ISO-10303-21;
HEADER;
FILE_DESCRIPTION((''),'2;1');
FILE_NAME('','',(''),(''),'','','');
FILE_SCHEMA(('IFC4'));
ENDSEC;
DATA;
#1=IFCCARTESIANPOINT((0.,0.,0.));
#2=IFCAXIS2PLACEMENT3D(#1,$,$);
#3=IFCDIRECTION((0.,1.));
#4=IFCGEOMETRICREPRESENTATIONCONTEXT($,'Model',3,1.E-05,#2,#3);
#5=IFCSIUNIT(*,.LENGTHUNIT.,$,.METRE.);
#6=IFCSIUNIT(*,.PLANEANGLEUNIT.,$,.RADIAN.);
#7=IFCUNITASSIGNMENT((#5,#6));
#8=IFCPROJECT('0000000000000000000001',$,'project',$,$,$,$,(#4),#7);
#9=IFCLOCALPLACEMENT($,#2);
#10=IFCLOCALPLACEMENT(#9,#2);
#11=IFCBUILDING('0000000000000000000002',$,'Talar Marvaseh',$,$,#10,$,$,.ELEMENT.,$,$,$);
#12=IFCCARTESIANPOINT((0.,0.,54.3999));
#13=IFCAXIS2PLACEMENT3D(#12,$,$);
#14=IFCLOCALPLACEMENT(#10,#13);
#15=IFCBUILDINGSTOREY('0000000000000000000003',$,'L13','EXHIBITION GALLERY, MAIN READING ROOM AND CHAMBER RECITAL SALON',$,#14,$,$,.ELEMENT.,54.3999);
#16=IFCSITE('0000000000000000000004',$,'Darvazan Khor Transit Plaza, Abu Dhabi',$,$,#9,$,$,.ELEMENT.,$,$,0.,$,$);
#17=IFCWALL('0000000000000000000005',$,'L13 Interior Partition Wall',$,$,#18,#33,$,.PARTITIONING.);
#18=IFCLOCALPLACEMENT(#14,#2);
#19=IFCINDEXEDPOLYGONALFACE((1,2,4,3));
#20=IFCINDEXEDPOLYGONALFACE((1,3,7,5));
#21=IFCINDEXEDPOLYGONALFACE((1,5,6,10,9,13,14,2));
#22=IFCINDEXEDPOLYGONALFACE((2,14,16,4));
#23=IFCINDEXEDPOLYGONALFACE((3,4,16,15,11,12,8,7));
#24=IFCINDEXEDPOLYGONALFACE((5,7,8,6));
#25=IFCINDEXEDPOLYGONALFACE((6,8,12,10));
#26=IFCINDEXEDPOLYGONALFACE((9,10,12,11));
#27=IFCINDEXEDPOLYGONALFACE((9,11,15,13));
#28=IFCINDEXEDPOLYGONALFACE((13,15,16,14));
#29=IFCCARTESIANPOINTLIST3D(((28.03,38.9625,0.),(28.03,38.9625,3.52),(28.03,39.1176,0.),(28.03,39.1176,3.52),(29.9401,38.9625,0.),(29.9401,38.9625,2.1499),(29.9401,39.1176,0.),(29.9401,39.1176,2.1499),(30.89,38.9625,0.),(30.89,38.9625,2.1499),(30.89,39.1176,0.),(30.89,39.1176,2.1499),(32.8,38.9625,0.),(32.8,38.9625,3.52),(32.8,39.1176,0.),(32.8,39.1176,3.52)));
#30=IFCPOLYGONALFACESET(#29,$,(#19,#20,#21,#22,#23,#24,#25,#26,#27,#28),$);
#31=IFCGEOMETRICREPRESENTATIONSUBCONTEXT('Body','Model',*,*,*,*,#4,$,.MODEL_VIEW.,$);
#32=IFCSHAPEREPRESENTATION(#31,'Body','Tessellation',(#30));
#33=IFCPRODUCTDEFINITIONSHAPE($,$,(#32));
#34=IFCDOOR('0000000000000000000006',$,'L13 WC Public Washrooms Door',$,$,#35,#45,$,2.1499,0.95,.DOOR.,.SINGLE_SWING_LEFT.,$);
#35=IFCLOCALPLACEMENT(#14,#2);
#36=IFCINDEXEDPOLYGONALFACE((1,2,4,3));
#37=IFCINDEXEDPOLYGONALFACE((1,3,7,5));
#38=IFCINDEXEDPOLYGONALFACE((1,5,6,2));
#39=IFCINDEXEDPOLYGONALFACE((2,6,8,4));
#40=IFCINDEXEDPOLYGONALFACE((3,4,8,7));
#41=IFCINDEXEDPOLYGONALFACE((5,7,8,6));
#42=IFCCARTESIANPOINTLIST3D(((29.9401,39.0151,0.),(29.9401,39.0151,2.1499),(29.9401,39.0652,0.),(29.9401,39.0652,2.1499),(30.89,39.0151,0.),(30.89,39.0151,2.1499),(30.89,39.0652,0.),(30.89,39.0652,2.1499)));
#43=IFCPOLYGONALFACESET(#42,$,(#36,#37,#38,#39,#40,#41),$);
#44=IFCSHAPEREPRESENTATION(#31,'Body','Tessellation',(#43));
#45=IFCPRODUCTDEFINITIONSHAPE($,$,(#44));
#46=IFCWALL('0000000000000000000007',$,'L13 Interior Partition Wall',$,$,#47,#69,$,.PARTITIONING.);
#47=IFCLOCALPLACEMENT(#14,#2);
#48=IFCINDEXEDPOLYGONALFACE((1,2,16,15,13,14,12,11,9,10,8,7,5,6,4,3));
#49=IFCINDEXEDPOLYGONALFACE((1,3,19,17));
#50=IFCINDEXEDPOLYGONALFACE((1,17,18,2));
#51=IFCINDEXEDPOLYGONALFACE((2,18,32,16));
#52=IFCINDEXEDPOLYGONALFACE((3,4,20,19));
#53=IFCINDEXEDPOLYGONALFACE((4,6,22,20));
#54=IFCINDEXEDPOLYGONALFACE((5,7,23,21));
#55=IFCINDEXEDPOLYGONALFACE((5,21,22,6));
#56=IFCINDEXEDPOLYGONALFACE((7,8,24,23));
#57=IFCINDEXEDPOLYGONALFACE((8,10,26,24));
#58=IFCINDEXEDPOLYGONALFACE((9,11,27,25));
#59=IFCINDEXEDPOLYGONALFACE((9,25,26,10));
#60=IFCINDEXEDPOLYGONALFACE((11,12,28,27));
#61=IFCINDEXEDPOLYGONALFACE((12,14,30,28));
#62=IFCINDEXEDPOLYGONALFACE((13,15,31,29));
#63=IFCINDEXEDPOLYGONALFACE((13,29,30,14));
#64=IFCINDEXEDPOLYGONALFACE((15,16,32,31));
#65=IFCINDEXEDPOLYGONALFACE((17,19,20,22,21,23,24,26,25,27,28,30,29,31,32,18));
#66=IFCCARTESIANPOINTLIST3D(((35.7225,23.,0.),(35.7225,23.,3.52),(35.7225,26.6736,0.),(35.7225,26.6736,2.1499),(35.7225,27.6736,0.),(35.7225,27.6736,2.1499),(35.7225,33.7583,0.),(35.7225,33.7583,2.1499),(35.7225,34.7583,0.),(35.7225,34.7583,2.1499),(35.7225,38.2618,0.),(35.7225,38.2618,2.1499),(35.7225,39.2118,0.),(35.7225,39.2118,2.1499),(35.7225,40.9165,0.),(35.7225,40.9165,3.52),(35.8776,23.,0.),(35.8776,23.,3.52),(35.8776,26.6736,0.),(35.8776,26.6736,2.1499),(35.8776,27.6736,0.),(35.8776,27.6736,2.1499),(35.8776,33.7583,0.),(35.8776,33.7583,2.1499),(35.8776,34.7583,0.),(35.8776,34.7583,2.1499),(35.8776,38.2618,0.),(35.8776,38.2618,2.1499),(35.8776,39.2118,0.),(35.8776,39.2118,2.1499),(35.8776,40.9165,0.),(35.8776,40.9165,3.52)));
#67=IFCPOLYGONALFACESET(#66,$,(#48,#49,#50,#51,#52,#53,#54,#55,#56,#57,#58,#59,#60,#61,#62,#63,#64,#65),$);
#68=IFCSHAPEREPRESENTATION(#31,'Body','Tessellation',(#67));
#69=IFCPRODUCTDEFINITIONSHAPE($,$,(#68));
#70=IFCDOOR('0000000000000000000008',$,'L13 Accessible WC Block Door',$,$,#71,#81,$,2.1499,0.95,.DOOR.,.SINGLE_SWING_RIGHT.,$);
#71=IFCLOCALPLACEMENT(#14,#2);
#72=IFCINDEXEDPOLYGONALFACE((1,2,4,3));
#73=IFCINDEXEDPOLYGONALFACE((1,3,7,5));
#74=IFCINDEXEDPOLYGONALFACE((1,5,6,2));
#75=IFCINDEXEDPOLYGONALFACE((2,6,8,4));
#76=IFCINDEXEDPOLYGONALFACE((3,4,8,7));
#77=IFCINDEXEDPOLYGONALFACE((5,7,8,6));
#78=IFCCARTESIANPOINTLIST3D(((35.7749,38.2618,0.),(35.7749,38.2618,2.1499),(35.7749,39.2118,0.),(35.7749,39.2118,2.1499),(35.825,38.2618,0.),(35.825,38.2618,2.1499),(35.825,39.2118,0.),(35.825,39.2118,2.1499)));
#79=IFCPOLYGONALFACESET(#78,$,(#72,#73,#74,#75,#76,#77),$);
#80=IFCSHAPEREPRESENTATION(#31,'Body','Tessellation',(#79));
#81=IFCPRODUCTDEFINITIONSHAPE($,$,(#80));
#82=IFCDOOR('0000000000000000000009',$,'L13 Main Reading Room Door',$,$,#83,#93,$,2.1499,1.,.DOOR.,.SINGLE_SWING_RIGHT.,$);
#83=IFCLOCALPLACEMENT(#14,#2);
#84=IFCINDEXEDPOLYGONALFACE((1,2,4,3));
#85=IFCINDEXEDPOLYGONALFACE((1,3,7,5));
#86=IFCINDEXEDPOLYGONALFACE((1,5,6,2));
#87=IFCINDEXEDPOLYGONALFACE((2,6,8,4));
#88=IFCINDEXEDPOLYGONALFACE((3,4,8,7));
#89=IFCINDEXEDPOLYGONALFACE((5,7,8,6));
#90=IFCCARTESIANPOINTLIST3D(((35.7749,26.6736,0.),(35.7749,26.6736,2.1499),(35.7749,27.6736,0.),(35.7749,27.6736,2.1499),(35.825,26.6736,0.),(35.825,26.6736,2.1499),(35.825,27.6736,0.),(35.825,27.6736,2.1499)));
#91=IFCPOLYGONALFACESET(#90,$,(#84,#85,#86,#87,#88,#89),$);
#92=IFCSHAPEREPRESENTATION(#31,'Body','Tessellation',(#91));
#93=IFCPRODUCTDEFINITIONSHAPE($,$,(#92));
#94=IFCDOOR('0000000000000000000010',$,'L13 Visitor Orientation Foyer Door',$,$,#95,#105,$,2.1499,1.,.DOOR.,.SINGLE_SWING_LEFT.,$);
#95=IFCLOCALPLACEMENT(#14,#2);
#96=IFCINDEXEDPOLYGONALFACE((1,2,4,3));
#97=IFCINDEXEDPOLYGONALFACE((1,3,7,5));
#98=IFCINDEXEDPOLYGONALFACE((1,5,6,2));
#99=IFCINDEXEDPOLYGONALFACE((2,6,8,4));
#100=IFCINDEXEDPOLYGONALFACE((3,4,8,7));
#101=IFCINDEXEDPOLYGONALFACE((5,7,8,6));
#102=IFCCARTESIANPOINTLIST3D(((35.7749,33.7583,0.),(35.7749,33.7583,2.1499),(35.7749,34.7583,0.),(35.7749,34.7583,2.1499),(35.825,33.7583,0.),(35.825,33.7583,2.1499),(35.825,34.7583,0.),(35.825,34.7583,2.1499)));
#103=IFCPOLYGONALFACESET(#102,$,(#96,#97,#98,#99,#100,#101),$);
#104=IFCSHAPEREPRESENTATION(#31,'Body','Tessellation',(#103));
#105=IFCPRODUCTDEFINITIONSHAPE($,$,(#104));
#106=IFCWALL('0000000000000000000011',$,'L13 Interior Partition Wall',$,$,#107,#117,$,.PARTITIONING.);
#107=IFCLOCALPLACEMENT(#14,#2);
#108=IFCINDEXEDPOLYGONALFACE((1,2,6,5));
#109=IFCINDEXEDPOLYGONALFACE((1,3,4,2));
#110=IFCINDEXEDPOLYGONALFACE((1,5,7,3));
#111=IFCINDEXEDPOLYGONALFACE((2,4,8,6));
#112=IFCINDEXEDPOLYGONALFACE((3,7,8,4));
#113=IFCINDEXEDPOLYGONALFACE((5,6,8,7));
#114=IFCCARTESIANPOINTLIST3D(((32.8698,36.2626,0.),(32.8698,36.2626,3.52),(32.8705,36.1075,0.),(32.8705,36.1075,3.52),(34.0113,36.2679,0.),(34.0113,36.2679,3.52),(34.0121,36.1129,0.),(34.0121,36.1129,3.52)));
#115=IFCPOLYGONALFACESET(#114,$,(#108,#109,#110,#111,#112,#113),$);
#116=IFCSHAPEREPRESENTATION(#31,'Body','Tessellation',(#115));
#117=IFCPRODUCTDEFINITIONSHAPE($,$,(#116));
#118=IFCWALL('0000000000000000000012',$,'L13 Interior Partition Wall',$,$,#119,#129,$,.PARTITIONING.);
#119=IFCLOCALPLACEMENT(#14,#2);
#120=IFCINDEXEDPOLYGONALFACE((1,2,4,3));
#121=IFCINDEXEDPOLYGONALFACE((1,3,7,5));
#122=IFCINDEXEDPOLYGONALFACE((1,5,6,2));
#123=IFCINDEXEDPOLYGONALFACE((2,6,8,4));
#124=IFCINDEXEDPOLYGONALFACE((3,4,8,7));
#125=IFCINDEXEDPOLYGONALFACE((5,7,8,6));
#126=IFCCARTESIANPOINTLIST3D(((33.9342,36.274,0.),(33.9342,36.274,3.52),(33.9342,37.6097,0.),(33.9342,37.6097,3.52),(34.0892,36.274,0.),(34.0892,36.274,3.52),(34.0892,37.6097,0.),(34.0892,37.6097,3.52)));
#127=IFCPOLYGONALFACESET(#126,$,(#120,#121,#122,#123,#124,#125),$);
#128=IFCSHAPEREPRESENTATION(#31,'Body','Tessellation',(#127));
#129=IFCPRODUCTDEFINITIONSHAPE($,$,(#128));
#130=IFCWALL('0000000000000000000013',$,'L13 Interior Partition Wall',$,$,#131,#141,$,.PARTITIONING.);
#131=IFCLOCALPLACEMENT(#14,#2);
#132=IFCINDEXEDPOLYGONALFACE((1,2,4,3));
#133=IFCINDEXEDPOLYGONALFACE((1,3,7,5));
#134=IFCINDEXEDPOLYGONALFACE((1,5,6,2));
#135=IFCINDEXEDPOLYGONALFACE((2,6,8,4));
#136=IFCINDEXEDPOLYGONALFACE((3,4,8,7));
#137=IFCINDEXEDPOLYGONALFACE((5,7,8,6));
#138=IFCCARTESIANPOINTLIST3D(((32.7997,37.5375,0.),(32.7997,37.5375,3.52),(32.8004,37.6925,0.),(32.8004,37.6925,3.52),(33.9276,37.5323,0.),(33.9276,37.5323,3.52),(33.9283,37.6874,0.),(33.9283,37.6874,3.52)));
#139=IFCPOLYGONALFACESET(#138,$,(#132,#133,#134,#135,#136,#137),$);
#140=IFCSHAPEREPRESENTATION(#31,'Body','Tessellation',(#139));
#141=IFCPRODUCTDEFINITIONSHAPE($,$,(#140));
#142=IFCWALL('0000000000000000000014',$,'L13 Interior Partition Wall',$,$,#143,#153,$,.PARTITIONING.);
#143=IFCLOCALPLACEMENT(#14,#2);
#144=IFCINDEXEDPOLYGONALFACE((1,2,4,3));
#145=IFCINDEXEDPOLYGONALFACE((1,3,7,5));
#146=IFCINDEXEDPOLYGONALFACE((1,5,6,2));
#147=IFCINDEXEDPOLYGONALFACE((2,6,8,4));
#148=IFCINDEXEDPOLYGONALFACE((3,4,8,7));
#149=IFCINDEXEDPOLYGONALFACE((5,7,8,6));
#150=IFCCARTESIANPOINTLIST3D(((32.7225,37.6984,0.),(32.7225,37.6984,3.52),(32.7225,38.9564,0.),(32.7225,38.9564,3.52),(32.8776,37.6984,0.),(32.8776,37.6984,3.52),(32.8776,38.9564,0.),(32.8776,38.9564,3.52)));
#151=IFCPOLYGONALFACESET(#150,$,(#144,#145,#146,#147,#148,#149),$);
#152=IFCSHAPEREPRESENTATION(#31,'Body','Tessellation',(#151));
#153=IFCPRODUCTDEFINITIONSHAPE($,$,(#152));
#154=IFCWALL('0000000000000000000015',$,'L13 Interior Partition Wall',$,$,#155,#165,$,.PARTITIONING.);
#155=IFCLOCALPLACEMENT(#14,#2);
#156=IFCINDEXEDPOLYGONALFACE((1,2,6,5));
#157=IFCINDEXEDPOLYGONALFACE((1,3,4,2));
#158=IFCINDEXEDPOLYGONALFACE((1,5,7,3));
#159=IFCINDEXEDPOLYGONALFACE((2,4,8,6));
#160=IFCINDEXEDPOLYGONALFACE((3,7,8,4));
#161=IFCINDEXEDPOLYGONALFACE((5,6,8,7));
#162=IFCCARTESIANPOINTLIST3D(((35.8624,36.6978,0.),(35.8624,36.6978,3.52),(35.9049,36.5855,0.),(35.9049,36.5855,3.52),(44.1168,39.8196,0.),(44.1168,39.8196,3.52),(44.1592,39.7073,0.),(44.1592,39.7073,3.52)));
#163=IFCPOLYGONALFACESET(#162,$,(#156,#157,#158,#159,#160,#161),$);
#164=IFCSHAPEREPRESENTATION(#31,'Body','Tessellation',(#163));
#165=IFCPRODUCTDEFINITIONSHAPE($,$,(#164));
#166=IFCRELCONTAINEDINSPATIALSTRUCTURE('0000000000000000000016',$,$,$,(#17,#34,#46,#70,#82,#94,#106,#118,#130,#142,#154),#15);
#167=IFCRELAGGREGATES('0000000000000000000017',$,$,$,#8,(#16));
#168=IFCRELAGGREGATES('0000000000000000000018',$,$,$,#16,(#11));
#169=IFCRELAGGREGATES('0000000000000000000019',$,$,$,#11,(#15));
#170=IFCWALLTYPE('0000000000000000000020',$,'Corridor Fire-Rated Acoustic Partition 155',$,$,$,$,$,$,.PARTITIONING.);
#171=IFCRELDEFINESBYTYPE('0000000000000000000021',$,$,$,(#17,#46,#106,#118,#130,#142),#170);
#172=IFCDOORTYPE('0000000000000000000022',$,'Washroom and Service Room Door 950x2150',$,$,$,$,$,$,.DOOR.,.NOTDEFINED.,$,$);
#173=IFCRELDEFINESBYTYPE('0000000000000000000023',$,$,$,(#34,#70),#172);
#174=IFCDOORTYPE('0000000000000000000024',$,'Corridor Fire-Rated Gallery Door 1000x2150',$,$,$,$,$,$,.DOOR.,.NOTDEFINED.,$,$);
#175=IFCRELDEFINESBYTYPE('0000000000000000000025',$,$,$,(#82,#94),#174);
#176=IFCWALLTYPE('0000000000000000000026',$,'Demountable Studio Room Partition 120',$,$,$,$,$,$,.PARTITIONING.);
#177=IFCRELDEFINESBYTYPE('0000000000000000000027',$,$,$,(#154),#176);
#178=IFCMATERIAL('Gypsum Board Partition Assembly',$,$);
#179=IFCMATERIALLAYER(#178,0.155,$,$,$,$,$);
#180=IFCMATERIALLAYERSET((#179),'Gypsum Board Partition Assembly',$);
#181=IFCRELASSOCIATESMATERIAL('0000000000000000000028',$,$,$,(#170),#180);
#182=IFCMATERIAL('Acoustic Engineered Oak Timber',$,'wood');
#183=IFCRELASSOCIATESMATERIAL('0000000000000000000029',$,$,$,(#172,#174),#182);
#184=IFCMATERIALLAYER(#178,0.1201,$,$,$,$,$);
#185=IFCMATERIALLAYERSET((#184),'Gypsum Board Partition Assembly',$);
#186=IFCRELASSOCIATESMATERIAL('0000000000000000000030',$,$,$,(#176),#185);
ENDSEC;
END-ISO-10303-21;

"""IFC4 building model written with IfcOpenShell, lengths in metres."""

from ifc_helpers import new_model, si_unit, direction, frame, frame_2d, origin, place, context, subcontext, project, spatial, rectangle, extrude, source, transform, mapped, material, layer, layer_set, type_object, type_shapes, element, fill, save


model = new_model("IFC4")

# Units and contexts
model_context = context("Model", 3, precision=1e-05, world=origin(), true_north=direction((0.0, 1.0)))
body_context = subcontext(model_context, "Body", "Model", "MODEL_VIEW")
ifc_project = project(units=[si_unit("LENGTHUNIT", "METRE"), si_unit("PLANEANGLEUNIT", "RADIAN")], contexts=[model_context])

# Site, building, storey
site_placement = place(None, origin())
site = spatial("IfcSite", under=ifc_project, at=site_placement, Name="Darvazan Khor Transit Plaza, Abu Dhabi", CompositionType="ELEMENT", RefElevation=0.0)
building_placement = place(site_placement, origin())
building = spatial("IfcBuilding", under=site, at=building_placement, Name="Talar Marvaseh", CompositionType="ELEMENT")
storey_placement = place(building_placement, frame((0.0, 0.0, 54.3999)))
storey = spatial("IfcBuildingStorey", under=building, at=storey_placement, Name="L13", Description="EXHIBITION GALLERY, MAIN READING ROOM AND CHAMBER RECITAL SALON", CompositionType="ELEMENT", Elevation=54.3999)

# Wall, opening, door
ifc_material_1 = material(Name="Gypsum Board Partition Assembly")
ifc_layer_1 = layer(ifc_material_1, 0.155)
ifc_layer_set_1 = layer_set([ifc_layer_1], Name="Gypsum Board Partition Assembly")
wall_type_1 = type_object("IfcWallType", Name="Corridor Fire-Rated Acoustic Partition 155", PredefinedType="PARTITIONING", material=ifc_layer_set_1)
wall_1_placement = place(storey_placement, frame((32.8, 39.04, 0.0), z_axis=(0.0, 0.0, 1.0), x_axis=(-1.0, 0.0, 0.0)))
wall_1 = element("IfcWall", 1, at=wall_1_placement, inside=storey, type_object=wall_type_1, Name="L13 Interior Partition Wall", PredefinedType="PARTITIONING", context=body_context, shape_type="SweptSolid", body=[
    extrude(rectangle(XDim=4.77, YDim=0.155, at=frame_2d((2.385, 0.0))), origin(), (0.0, 0.0, 1.0), 3.52),
])
opening_1_placement = place(wall_1_placement, frame((1.9099, 0.0, 0.0)))
opening_1 = element("IfcOpeningElement", 2, at=opening_1_placement, cuts=wall_1, PredefinedType="OPENING", context=body_context, shape_type="SweptSolid", body=[
    extrude(rectangle(XDim=0.95, YDim=2.1499, at=frame_2d((0.4751, 1.075))), frame((0.0, 0.0874, 0.0), z_axis=(0.0, -1.0, 0.0), x_axis=(1.0, 0.0, 0.0)), (0.0, 0.0, 1.0), 0.175),
])
ifc_material_2 = material(Name="Acoustic Engineered Oak Timber", Category="wood")
door_type_1 = type_object("IfcDoorType", Name="Washroom and Service Room Door 950x2150", OperationType="NOTDEFINED", PredefinedType="DOOR", material=ifc_material_2)
shared_shape_1 = source(origin(), body_context, "Body", "SweptSolid", [
    extrude(rectangle(XDim=0.95, YDim=2.1499, at=frame_2d((0.4751, 1.075))), frame((0.0, 0.0249, 0.0), z_axis=(0.0, -1.0, 0.0), x_axis=(1.0, 0.0, 0.0)), (0.0, 0.0, 1.0), 0.05),
])
type_shapes(door_type_1, [shared_shape_1])
door_1_placement = place(opening_1_placement, origin())
door_1 = element("IfcDoor", 3, at=door_1_placement, inside=storey, type_object=door_type_1, Name="L13 WC Public Washrooms Door", OperationType="SINGLE_SWING_LEFT", OverallHeight=2.1499, OverallWidth=0.95, PredefinedType="DOOR", context=body_context, shape_type="MappedRepresentation", body=[
    mapped(shared_shape_1, transform((0.0, 0.0, 0.0), x_axis=(1.0, 0.0, 0.0), y_axis=(0.0, 1.0, 0.0), z_axis=(0.0, 0.0, 1.0), scale=1.0)),
])
fill(opening_1, door_1)

# Wall, openings, doors
wall_2_placement = place(storey_placement, frame((35.8, 40.9165, 0.0), z_axis=(0.0, 0.0, 1.0), x_axis=(0.0, -1.0, 0.0)))
wall_2 = element("IfcWall", 4, at=wall_2_placement, inside=storey, type_object=wall_type_1, Name="L13 Interior Partition Wall", PredefinedType="PARTITIONING", context=body_context, shape_type="SweptSolid", body=[
    extrude(rectangle(XDim=17.9165, YDim=0.155, at=frame_2d((8.9583, 0.0))), origin(), (0.0, 0.0, 1.0), 3.52),
])
opening_2_placement = place(wall_2_placement, frame((13.2429, 0.0, 0.0)))
opening_2 = element("IfcOpeningElement", 5, at=opening_2_placement, cuts=wall_2, PredefinedType="OPENING", context=body_context, shape_type="SweptSolid", body=[
    extrude(rectangle(XDim=1.0, YDim=2.1499, at=frame_2d((0.5, 1.075))), frame((0.0, 0.0874, 0.0), z_axis=(0.0, -1.0, 0.0), x_axis=(1.0, 0.0, 0.0)), (0.0, 0.0, 1.0), 0.175),
])
opening_3_placement = place(wall_2_placement, frame((6.1582, 0.0, 0.0)))
opening_3 = element("IfcOpeningElement", 6, at=opening_3_placement, cuts=wall_2, PredefinedType="OPENING", context=body_context, shape_type="SweptSolid", body=[
    extrude(rectangle(XDim=1.0, YDim=2.1499, at=frame_2d((0.5, 1.075))), frame((0.0, 0.0874, 0.0), z_axis=(0.0, -1.0, 0.0), x_axis=(1.0, 0.0, 0.0)), (0.0, 0.0, 1.0), 0.175),
])
opening_4_placement = place(wall_2_placement, frame((1.7046, 0.0, 0.0)))
opening_4 = element("IfcOpeningElement", 7, at=opening_4_placement, cuts=wall_2, PredefinedType="OPENING", context=body_context, shape_type="SweptSolid", body=[
    extrude(rectangle(XDim=0.95, YDim=2.1499, at=frame_2d((0.4751, 1.075))), frame((0.0, 0.0874, 0.0), z_axis=(0.0, -1.0, 0.0), x_axis=(1.0, 0.0, 0.0)), (0.0, 0.0, 1.0), 0.175),
])
door_2_placement = place(opening_4_placement, origin())
door_2 = element("IfcDoor", 8, at=door_2_placement, inside=storey, type_object=door_type_1, Name="L13 Accessible WC Block Door", OperationType="SINGLE_SWING_RIGHT", OverallHeight=2.1499, OverallWidth=0.95, PredefinedType="DOOR", context=body_context, shape_type="MappedRepresentation", body=[
    mapped(shared_shape_1, transform((0.0, 0.0, 0.0), x_axis=(1.0, 0.0, 0.0), y_axis=(0.0, 1.0, 0.0), z_axis=(0.0, 0.0, 1.0), scale=1.0)),
])
fill(opening_4, door_2)
door_type_2 = type_object("IfcDoorType", Name="Corridor Fire-Rated Gallery Door 1000x2150", OperationType="NOTDEFINED", PredefinedType="DOOR", material=ifc_material_2)
shared_shape_2 = source(origin(), body_context, "Body", "SweptSolid", [
    extrude(rectangle(XDim=1.0, YDim=2.1499, at=frame_2d((0.5, 1.075))), frame((0.0, 0.0249, 0.0), z_axis=(0.0, -1.0, 0.0), x_axis=(1.0, 0.0, 0.0)), (0.0, 0.0, 1.0), 0.05),
])
type_shapes(door_type_2, [shared_shape_2])
door_3_placement = place(opening_2_placement, origin())
door_3 = element("IfcDoor", 9, at=door_3_placement, inside=storey, type_object=door_type_2, Name="L13 Main Reading Room Door", OperationType="SINGLE_SWING_RIGHT", OverallHeight=2.1499, OverallWidth=1.0, PredefinedType="DOOR", context=body_context, shape_type="MappedRepresentation", body=[
    mapped(shared_shape_2, transform((0.0, 0.0, 0.0), x_axis=(1.0, 0.0, 0.0), y_axis=(0.0, 1.0, 0.0), z_axis=(0.0, 0.0, 1.0), scale=1.0)),
])
fill(opening_2, door_3)
door_4_placement = place(opening_3_placement, origin())
door_4 = element("IfcDoor", 10, at=door_4_placement, inside=storey, type_object=door_type_2, Name="L13 Visitor Orientation Foyer Door", OperationType="SINGLE_SWING_LEFT", OverallHeight=2.1499, OverallWidth=1.0, PredefinedType="DOOR", context=body_context, shape_type="MappedRepresentation", body=[
    mapped(shared_shape_2, transform((0.0, 0.0, 0.0), x_axis=(1.0, 0.0, 0.0), y_axis=(0.0, 1.0, 0.0), z_axis=(0.0, 0.0, 1.0), scale=1.0)),
])
fill(opening_3, door_4)

# Walls
wall_3_placement = place(storey_placement, frame((32.8701, 36.1851, 0.0), z_axis=(0.0, 0.0, 1.0), x_axis=(0.999989, 0.004705, 0.0)))
element("IfcWall", 11, at=wall_3_placement, inside=storey, type_object=wall_type_1, Name="L13 Interior Partition Wall", PredefinedType="PARTITIONING", context=body_context, shape_type="SweptSolid", body=[
    extrude(rectangle(XDim=1.1416, YDim=0.155, at=frame_2d((0.5708, 0.0))), origin(), (0.0, 0.0, 1.0), 3.52),
])
wall_4_placement = place(storey_placement, frame((34.0117, 36.2739, 0.0), z_axis=(0.0, 0.0, 1.0), x_axis=(0.0, 1.0, 0.0)))
element("IfcWall", 12, at=wall_4_placement, inside=storey, type_object=wall_type_1, Name="L13 Interior Partition Wall", PredefinedType="PARTITIONING", context=body_context, shape_type="SweptSolid", body=[
    extrude(rectangle(XDim=1.3357, YDim=0.155, at=frame_2d((0.668, 0.0))), origin(), (0.0, 0.0, 1.0), 3.52),
])
wall_5_placement = place(storey_placement, frame((33.928, 37.6099, 0.0), z_axis=(0.0, 0.0, 1.0), x_axis=(-0.99999, 0.004545, 0.0)))
element("IfcWall", 13, at=wall_5_placement, inside=storey, type_object=wall_type_1, Name="L13 Interior Partition Wall", PredefinedType="PARTITIONING", context=body_context, shape_type="SweptSolid", body=[
    extrude(rectangle(XDim=1.1279, YDim=0.155, at=frame_2d((0.564, 0.0))), origin(), (0.0, 0.0, 1.0), 3.52),
])
wall_6_placement = place(storey_placement, frame((32.8, 37.6985, 0.0), z_axis=(0.0, 0.0, 1.0), x_axis=(0.0, 1.0, 0.0)))
element("IfcWall", 14, at=wall_6_placement, inside=storey, type_object=wall_type_1, Name="L13 Interior Partition Wall", PredefinedType="PARTITIONING", context=body_context, shape_type="SweptSolid", body=[
    extrude(rectangle(XDim=1.2581, YDim=0.155, at=frame_2d((0.6289, 0.0))), origin(), (0.0, 0.0, 1.0), 3.52),
])
ifc_layer_2 = layer(ifc_material_1, 0.1201)
ifc_layer_set_2 = layer_set([ifc_layer_2], Name="Gypsum Board Partition Assembly")
wall_type_2 = type_object("IfcWallType", Name="Demountable Studio Room Partition 120", PredefinedType="PARTITIONING", material=ifc_layer_set_2)
wall_7_placement = place(storey_placement, frame((35.8835, 36.6416, 0.0), z_axis=(0.0, 0.0, 1.0), x_axis=(0.935341, 0.353748, 0.0)))
element("IfcWall", 15, at=wall_7_placement, inside=storey, type_object=wall_type_2, Name="L13 Interior Partition Wall", PredefinedType="PARTITIONING", context=body_context, shape_type="SweptSolid", body=[
    extrude(rectangle(XDim=8.825, YDim=0.1201, at=frame_2d((4.4126, 0.0))), origin(), (0.0, 0.0, 1.0), 3.52),
])

save(model, "model.ifc")
